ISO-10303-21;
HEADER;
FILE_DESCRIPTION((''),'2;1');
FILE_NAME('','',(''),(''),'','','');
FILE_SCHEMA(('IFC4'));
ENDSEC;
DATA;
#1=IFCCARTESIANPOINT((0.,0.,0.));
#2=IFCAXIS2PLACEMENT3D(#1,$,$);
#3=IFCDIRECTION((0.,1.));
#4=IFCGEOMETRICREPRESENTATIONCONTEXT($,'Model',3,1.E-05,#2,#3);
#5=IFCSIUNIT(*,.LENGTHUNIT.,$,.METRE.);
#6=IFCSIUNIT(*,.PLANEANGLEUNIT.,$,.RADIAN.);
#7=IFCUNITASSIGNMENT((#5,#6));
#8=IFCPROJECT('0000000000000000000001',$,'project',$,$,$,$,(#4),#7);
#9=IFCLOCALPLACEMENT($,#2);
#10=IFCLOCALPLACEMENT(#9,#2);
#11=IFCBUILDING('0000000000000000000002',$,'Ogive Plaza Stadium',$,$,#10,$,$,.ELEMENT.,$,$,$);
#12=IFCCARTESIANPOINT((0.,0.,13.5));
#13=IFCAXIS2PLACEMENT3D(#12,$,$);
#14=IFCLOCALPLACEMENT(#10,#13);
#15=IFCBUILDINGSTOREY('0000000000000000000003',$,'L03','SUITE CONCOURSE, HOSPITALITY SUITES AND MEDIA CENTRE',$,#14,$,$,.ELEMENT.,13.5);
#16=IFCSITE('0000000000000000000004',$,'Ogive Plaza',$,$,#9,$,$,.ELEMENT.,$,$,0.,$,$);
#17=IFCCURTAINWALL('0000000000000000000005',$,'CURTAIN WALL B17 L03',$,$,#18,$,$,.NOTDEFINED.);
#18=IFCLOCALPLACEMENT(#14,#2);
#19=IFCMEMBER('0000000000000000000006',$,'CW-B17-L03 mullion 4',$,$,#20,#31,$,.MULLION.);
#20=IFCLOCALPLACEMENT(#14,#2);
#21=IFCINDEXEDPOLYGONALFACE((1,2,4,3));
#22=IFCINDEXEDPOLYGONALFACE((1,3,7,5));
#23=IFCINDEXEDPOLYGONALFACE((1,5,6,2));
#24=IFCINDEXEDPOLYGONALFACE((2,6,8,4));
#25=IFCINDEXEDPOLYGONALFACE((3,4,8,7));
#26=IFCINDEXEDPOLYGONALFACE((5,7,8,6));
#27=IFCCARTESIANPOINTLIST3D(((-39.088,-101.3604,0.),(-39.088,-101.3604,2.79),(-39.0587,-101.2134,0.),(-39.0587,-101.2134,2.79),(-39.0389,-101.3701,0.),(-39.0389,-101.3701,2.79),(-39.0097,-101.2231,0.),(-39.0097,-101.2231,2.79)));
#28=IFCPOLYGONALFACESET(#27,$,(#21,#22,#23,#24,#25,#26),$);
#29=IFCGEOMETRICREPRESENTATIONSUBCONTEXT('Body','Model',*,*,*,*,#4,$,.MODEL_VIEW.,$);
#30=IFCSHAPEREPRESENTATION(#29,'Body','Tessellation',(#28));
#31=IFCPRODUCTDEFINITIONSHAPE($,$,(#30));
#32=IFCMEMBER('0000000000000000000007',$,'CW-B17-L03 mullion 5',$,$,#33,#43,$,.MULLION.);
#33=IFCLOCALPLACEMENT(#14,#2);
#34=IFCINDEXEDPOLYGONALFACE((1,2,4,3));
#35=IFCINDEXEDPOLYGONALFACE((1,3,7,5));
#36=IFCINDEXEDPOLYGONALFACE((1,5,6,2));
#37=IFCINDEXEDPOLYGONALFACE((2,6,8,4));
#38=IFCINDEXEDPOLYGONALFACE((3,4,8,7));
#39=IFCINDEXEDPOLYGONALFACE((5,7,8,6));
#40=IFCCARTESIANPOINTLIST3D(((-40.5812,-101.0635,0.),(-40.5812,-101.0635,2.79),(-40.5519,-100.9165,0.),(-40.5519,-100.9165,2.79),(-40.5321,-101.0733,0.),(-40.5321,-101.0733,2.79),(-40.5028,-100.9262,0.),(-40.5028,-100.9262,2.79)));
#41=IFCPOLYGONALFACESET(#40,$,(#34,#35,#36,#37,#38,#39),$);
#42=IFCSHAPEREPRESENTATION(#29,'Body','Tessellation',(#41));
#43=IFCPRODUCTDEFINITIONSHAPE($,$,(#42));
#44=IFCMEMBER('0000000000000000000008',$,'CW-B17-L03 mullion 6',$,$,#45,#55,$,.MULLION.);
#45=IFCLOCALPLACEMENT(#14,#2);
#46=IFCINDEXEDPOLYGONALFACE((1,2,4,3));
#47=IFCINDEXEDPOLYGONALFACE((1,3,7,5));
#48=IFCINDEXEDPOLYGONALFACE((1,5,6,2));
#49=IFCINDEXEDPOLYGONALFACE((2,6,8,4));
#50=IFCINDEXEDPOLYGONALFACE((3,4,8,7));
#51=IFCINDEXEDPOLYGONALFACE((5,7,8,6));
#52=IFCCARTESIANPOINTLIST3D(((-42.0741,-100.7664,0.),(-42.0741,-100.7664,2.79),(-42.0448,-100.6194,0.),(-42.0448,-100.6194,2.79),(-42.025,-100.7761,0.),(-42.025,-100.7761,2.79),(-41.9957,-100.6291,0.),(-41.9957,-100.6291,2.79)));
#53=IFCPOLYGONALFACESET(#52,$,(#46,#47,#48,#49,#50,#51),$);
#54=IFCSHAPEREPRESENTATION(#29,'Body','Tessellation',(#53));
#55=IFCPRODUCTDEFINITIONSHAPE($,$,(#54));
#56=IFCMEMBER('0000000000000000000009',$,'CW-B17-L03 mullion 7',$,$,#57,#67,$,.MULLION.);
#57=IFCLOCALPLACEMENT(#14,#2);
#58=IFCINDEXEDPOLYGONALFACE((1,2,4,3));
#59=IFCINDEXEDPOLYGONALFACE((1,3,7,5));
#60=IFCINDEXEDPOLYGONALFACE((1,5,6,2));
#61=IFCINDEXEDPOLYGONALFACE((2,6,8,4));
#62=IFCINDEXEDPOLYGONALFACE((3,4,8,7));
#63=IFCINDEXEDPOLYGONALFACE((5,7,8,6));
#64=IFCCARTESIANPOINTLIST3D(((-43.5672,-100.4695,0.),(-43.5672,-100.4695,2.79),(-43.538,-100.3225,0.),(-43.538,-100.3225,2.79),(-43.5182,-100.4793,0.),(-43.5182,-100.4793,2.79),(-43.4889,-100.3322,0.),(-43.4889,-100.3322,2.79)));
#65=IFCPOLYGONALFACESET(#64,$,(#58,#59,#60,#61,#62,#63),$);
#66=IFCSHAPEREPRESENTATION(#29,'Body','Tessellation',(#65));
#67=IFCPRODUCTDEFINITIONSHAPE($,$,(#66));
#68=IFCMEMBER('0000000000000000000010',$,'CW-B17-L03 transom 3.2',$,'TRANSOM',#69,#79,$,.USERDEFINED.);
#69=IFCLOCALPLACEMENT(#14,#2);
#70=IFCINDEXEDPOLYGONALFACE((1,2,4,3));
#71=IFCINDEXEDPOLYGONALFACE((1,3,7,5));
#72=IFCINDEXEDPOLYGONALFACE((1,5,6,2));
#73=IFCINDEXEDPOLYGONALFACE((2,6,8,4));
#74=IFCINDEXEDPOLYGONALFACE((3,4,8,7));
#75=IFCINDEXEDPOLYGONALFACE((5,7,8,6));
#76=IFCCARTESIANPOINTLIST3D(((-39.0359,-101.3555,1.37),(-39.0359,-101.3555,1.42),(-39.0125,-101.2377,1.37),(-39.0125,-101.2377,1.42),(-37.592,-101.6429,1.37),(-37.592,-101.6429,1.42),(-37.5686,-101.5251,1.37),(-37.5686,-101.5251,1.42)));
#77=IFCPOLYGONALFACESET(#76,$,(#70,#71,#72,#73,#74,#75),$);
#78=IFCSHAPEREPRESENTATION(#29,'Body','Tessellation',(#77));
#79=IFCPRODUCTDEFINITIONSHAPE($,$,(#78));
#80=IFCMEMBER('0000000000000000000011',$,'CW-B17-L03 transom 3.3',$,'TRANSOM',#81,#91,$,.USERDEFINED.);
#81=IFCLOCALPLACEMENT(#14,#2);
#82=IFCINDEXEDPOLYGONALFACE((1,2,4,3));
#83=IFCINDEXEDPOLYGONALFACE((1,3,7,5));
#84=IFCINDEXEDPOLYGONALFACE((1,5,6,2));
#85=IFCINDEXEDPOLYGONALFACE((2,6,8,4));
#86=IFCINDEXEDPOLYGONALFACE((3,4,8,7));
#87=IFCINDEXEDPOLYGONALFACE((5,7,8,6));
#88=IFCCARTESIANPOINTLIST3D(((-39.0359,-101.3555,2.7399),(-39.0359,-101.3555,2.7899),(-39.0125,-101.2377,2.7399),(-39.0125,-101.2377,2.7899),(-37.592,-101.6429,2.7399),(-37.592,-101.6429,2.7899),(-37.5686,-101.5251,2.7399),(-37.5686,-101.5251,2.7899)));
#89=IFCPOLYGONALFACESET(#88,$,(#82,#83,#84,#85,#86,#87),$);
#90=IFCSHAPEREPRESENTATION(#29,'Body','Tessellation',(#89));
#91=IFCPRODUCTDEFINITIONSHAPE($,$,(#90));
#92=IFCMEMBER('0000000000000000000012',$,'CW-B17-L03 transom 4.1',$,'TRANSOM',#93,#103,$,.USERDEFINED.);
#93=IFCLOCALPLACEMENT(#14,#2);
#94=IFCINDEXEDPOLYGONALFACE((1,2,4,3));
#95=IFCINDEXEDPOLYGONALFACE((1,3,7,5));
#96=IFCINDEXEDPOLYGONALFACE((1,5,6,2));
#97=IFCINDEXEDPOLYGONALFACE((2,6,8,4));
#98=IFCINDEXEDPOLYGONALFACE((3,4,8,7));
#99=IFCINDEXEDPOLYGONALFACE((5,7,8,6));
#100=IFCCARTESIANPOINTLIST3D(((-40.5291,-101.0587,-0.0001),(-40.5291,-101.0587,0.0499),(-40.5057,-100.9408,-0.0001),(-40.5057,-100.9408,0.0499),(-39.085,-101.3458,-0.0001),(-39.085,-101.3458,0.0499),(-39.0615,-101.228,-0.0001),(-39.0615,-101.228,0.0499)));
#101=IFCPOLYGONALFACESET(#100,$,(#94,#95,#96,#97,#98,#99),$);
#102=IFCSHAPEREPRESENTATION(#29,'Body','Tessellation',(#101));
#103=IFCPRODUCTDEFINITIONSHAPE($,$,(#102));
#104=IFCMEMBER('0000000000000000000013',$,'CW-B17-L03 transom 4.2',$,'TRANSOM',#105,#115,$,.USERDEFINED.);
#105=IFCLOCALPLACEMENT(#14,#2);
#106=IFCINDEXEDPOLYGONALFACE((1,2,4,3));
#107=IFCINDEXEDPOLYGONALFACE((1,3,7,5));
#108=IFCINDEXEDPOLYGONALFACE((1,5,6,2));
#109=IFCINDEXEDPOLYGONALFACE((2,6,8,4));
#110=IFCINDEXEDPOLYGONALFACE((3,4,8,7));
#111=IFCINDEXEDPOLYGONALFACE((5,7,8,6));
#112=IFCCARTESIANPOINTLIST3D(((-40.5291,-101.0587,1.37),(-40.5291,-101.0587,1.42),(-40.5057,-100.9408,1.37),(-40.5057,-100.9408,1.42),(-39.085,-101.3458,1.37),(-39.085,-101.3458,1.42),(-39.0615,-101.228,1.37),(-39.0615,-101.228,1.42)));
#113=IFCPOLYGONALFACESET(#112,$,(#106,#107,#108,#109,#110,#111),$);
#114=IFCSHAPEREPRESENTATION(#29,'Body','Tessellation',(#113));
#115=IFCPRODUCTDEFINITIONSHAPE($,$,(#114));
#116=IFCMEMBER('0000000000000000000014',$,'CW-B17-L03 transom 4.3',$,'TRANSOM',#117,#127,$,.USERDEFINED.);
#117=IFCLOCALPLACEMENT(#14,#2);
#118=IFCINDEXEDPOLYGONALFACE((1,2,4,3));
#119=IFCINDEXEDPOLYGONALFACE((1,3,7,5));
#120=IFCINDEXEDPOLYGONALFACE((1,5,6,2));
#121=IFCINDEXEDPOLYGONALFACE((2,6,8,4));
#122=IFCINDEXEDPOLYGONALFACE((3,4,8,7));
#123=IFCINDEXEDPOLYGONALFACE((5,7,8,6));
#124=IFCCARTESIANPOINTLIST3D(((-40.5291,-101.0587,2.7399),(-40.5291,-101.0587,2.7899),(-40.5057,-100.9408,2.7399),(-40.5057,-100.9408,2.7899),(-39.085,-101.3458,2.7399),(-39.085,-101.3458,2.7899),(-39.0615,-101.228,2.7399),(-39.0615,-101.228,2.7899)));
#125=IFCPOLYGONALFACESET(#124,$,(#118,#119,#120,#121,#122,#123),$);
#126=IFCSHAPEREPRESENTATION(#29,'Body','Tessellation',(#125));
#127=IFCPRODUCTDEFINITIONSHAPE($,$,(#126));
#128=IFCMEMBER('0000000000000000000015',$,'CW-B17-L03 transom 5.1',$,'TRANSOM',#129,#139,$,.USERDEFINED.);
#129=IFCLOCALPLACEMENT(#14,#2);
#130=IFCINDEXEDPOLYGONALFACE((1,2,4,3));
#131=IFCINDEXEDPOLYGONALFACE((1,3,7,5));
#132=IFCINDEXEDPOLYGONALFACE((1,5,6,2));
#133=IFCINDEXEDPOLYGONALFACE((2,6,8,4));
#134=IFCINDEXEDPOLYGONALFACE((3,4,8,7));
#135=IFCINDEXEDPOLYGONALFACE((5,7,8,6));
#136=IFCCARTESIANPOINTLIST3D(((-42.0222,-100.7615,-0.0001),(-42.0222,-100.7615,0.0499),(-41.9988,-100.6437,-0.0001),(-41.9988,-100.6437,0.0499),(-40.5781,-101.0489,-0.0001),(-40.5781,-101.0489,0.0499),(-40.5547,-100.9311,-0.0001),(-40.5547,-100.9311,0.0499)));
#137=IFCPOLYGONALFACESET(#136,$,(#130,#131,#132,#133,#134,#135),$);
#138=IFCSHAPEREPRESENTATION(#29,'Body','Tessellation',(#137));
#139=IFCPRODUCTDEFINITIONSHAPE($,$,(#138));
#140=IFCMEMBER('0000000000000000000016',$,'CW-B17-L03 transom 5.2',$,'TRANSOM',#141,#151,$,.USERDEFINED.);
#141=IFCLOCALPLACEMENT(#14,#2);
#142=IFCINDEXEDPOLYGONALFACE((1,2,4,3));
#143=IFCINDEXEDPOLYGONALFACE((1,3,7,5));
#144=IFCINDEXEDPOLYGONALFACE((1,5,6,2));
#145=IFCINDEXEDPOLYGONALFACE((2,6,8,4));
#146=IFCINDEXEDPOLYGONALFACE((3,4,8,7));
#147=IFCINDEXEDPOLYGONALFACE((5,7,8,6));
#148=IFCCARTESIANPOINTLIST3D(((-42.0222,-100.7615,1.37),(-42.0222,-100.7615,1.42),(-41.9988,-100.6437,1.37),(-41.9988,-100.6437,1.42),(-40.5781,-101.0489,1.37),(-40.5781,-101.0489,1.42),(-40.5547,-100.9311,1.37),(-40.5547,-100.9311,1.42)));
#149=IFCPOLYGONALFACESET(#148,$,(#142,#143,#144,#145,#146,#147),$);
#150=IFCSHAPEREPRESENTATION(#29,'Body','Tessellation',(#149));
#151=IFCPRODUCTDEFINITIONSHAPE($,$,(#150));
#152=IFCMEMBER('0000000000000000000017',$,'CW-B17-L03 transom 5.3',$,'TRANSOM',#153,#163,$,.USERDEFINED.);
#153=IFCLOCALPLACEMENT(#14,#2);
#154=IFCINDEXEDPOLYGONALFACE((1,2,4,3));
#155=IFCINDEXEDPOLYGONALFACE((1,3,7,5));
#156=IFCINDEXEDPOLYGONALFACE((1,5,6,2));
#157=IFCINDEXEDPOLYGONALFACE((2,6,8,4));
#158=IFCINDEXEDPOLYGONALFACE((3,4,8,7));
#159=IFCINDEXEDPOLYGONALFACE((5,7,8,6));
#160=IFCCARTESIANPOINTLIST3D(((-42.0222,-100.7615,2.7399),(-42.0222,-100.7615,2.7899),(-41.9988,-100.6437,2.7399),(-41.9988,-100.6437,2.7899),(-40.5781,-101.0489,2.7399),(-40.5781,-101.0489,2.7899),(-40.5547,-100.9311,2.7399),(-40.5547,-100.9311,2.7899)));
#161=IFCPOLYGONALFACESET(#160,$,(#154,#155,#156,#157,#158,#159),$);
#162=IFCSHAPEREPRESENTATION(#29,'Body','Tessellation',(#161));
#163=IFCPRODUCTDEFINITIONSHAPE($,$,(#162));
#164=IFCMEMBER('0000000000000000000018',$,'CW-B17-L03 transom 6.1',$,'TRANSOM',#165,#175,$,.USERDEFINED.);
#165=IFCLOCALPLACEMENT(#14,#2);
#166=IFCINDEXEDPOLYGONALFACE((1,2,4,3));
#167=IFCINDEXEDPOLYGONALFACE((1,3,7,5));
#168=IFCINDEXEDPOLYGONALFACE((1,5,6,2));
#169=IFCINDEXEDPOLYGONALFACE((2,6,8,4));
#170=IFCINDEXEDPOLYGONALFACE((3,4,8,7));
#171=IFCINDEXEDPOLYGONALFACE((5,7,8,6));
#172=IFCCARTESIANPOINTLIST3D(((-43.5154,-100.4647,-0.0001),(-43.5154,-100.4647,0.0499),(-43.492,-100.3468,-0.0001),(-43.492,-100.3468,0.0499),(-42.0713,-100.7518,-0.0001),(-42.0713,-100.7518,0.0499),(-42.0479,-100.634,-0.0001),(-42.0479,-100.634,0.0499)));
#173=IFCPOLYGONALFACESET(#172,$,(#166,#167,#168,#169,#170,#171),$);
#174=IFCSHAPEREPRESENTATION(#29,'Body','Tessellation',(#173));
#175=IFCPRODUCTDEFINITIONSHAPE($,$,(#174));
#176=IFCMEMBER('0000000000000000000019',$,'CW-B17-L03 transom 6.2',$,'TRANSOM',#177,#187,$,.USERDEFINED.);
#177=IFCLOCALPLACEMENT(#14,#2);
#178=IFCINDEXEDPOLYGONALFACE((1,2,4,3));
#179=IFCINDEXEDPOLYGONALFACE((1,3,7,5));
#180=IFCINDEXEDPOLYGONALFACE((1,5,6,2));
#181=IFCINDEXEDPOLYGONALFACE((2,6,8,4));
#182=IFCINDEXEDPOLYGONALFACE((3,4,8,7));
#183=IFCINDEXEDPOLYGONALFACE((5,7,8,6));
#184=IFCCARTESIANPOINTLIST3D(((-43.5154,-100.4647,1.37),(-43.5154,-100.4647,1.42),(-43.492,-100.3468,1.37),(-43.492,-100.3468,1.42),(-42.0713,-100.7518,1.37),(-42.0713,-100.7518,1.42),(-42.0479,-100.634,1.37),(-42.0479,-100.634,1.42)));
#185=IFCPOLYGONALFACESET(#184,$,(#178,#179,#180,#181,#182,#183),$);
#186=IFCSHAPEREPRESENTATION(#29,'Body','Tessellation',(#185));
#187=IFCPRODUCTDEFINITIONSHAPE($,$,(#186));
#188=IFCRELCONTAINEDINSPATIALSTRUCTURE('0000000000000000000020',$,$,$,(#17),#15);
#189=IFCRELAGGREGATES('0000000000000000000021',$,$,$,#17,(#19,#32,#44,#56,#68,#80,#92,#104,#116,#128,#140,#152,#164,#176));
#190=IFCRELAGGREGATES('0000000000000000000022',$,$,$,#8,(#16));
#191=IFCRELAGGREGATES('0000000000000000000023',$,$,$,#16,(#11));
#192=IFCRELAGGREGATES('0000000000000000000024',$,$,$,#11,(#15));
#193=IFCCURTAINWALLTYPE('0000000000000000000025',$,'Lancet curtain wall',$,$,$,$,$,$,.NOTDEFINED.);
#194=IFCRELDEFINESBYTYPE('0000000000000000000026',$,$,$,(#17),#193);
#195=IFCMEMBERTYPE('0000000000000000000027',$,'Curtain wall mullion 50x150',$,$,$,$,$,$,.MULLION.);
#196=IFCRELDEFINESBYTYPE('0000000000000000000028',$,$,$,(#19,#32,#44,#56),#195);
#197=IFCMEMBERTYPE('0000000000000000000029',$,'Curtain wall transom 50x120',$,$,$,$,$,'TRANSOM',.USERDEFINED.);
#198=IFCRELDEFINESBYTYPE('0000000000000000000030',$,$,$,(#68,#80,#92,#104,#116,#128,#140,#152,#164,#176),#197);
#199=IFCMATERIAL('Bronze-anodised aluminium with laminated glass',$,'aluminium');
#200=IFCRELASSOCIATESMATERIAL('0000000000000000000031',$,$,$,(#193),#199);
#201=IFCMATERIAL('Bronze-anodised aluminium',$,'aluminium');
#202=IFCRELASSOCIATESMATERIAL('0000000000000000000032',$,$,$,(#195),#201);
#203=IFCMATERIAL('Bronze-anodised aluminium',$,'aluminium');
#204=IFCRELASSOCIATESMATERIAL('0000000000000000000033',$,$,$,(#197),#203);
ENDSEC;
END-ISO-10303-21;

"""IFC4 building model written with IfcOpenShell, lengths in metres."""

from ifc_helpers import new_model, si_unit, direction, frame, origin, origin_2d, place, context, subcontext, project, spatial, rectangle, extrude, material, material_profile, profile_set, type_object, element, aggregate, save


model = new_model("IFC4")

# Units and contexts
model_context = context("Model", 3, precision=1e-05, world=origin(), true_north=direction((0.0, 1.0)))
body_context = subcontext(model_context, "Body", "Model", "MODEL_VIEW")
ifc_project = project(units=[si_unit("LENGTHUNIT", "METRE"), si_unit("PLANEANGLEUNIT", "RADIAN")], contexts=[model_context])

# Site, building, storey
site_placement = place(None, origin())
site = spatial("IfcSite", under=ifc_project, at=site_placement, Name="Ogive Plaza", CompositionType="ELEMENT", RefElevation=0.0)
building_placement = place(site_placement, origin())
building = spatial("IfcBuilding", under=site, at=building_placement, Name="Ogive Plaza Stadium", CompositionType="ELEMENT")
storey_placement = place(building_placement, frame((0.0, 0.0, 13.5)))
storey = spatial("IfcBuildingStorey", under=building, at=storey_placement, Name="L03", Description="SUITE CONCOURSE, HOSPITALITY SUITES AND MEDIA CENTRE", CompositionType="ELEMENT", Elevation=13.5)

# Curtain wall, members
ifc_material_1 = material(Name="Bronze-anodised aluminium with laminated glass", Category="aluminium")
curtain_wall_type = type_object("IfcCurtainWallType", Name="Lancet curtain wall", PredefinedType="NOTDEFINED", material=ifc_material_1)
curtain_wall_placement = place(storey_placement, origin())
curtain_wall = element("IfcCurtainWall", 1, at=curtain_wall_placement, inside=storey, type_object=curtain_wall_type, Name="CURTAIN WALL B17 L03", PredefinedType="NOTDEFINED")
ifc_material_2 = material(Name="Bronze-anodised aluminium", Category="aluminium")
ifc_material_profile_1 = material_profile(ifc_material_2, rectangle(XDim=0.1499, YDim=0.05, at=origin_2d()), Name="AL 150x50")
ifc_profile_set_1 = profile_set([ifc_material_profile_1], Name="Bronze-anodised aluminium")
member_type_1 = type_object("IfcMemberType", Name="Curtain wall mullion 50x150", PredefinedType="MULLION", material=ifc_profile_set_1)
member_1_placement = place(storey_placement, frame((-39.0488, -101.2917, 0.0), z_axis=(0.0, 0.0, 1.0), x_axis=(-0.19509, -0.980785, 0.0)))
member_1 = element("IfcMember", 2, at=member_1_placement, type_object=member_type_1, Name="CW-B17-L03 mullion 4", PredefinedType="MULLION", context=body_context, shape_type="SweptSolid", body=[
    extrude(rectangle(XDim=0.1499, YDim=0.05, at=origin_2d()), origin(), (0.0, 0.0, 1.0), 2.79),
])
member_2_placement = place(storey_placement, frame((-40.542, -100.9949, 0.0), z_axis=(0.0, 0.0, 1.0), x_axis=(-0.19509, -0.980785, 0.0)))
member_2 = element("IfcMember", 3, at=member_2_placement, type_object=member_type_1, Name="CW-B17-L03 mullion 5", PredefinedType="MULLION", context=body_context, shape_type="SweptSolid", body=[
    extrude(rectangle(XDim=0.1499, YDim=0.05, at=origin_2d()), origin(), (0.0, 0.0, 1.0), 2.79),
])
member_3_placement = place(storey_placement, frame((-42.0349, -100.6978, 0.0), z_axis=(0.0, 0.0, 1.0), x_axis=(-0.19509, -0.980785, 0.0)))
member_3 = element("IfcMember", 4, at=member_3_placement, type_object=member_type_1, Name="CW-B17-L03 mullion 6", PredefinedType="MULLION", context=body_context, shape_type="SweptSolid", body=[
    extrude(rectangle(XDim=0.1499, YDim=0.05, at=origin_2d()), origin(), (0.0, 0.0, 1.0), 2.79),
])
member_4_placement = place(storey_placement, frame((-43.5281, -100.4009, 0.0), z_axis=(0.0, 0.0, 1.0), x_axis=(-0.19509, -0.980785, 0.0)))
member_4 = element("IfcMember", 5, at=member_4_placement, type_object=member_type_1, Name="CW-B17-L03 mullion 7", PredefinedType="MULLION", context=body_context, shape_type="SweptSolid", body=[
    extrude(rectangle(XDim=0.1499, YDim=0.05, at=origin_2d()), origin(), (0.0, 0.0, 1.0), 2.79),
])
ifc_material_3 = material(Name="Bronze-anodised aluminium", Category="aluminium")
ifc_material_profile_2 = material_profile(ifc_material_3, rectangle(XDim=0.1201, YDim=0.05, at=origin_2d()), Name="AL 120x50")
ifc_profile_set_2 = profile_set([ifc_material_profile_2], Name="Bronze-anodised aluminium")
member_type_2 = type_object("IfcMemberType", Name="Curtain wall transom 50x120", ElementType="TRANSOM", PredefinedType="USERDEFINED", material=ifc_profile_set_2)
member_5_placement = place(storey_placement, frame((-37.5803, -101.584, 1.395), z_axis=(-0.980765, 0.195191, 0.0), x_axis=(-0.195191, -0.980765, 0.0)))
member_5 = element("IfcMember", 6, at=member_5_placement, type_object=member_type_2, Name="CW-B17-L03 transom 3.2", ObjectType="TRANSOM", PredefinedType="USERDEFINED", context=body_context, shape_type="SweptSolid", body=[
    extrude(rectangle(XDim=0.1201, YDim=0.05, at=origin_2d()), origin(), (0.0, 0.0, 1.0), 1.4722),
])
member_6_placement = place(storey_placement, frame((-37.5803, -101.584, 2.7649), z_axis=(-0.980765, 0.195191, 0.0), x_axis=(-0.195191, -0.980765, 0.0)))
member_6 = element("IfcMember", 7, at=member_6_placement, type_object=member_type_2, Name="CW-B17-L03 transom 3.3", ObjectType="TRANSOM", PredefinedType="USERDEFINED", context=body_context, shape_type="SweptSolid", body=[
    extrude(rectangle(XDim=0.1201, YDim=0.05, at=origin_2d()), origin(), (0.0, 0.0, 1.0), 1.4722),
])
member_7_placement = place(storey_placement, frame((-39.0732, -101.2869, 0.0249), z_axis=(-0.980803, 0.195, 0.0), x_axis=(-0.195, -0.980803, 0.0)))
member_7 = element("IfcMember", 8, at=member_7_placement, type_object=member_type_2, Name="CW-B17-L03 transom 4.1", ObjectType="TRANSOM", PredefinedType="USERDEFINED", context=body_context, shape_type="SweptSolid", body=[
    extrude(rectangle(XDim=0.1201, YDim=0.05, at=origin_2d()), origin(), (0.0, 0.0, 1.0), 1.4724),
])
member_8_placement = place(storey_placement, frame((-39.0732, -101.2869, 1.395), z_axis=(-0.980803, 0.195, 0.0), x_axis=(-0.195, -0.980803, 0.0)))
member_8 = element("IfcMember", 9, at=member_8_placement, type_object=member_type_2, Name="CW-B17-L03 transom 4.2", ObjectType="TRANSOM", PredefinedType="USERDEFINED", context=body_context, shape_type="SweptSolid", body=[
    extrude(rectangle(XDim=0.1201, YDim=0.05, at=origin_2d()), origin(), (0.0, 0.0, 1.0), 1.4724),
])
member_9_placement = place(storey_placement, frame((-39.0732, -101.2869, 2.7649), z_axis=(-0.980803, 0.195, 0.0), x_axis=(-0.195, -0.980803, 0.0)))
member_9 = element("IfcMember", 10, at=member_9_placement, type_object=member_type_2, Name="CW-B17-L03 transom 4.3", ObjectType="TRANSOM", PredefinedType="USERDEFINED", context=body_context, shape_type="SweptSolid", body=[
    extrude(rectangle(XDim=0.1201, YDim=0.05, at=origin_2d()), origin(), (0.0, 0.0, 1.0), 1.4724),
])
member_10_placement = place(storey_placement, frame((-40.5664, -100.99, 0.0249), z_axis=(-0.980772, 0.195159, 0.0), x_axis=(-0.195159, -0.980772, 0.0)))
member_10 = element("IfcMember", 11, at=member_10_placement, type_object=member_type_2, Name="CW-B17-L03 transom 5.1", ObjectType="TRANSOM", PredefinedType="USERDEFINED", context=body_context, shape_type="SweptSolid", body=[
    extrude(rectangle(XDim=0.1201, YDim=0.05, at=origin_2d()), origin(), (0.0, 0.0, 1.0), 1.4724),
])
member_11_placement = place(storey_placement, frame((-40.5664, -100.99, 1.395), z_axis=(-0.980772, 0.195159, 0.0), x_axis=(-0.195159, -0.980772, 0.0)))
member_11 = element("IfcMember", 12, at=member_11_placement, type_object=member_type_2, Name="CW-B17-L03 transom 5.2", ObjectType="TRANSOM", PredefinedType="USERDEFINED", context=body_context, shape_type="SweptSolid", body=[
    extrude(rectangle(XDim=0.1201, YDim=0.05, at=origin_2d()), origin(), (0.0, 0.0, 1.0), 1.4724),
])
member_12_placement = place(storey_placement, frame((-40.5664, -100.99, 2.7649), z_axis=(-0.980772, 0.195159, 0.0), x_axis=(-0.195159, -0.980772, 0.0)))
member_12 = element("IfcMember", 13, at=member_12_placement, type_object=member_type_2, Name="CW-B17-L03 transom 5.3", ObjectType="TRANSOM", PredefinedType="USERDEFINED", context=body_context, shape_type="SweptSolid", body=[
    extrude(rectangle(XDim=0.1201, YDim=0.05, at=origin_2d()), origin(), (0.0, 0.0, 1.0), 1.4724),
])
member_13_placement = place(storey_placement, frame((-42.0596, -100.6929, 0.0249), z_axis=(-0.980803, 0.195, 0.0), x_axis=(-0.195, -0.980803, 0.0)))
member_13 = element("IfcMember", 14, at=member_13_placement, type_object=member_type_2, Name="CW-B17-L03 transom 6.1", ObjectType="TRANSOM", PredefinedType="USERDEFINED", context=body_context, shape_type="SweptSolid", body=[
    extrude(rectangle(XDim=0.1201, YDim=0.05, at=origin_2d()), origin(), (0.0, 0.0, 1.0), 1.4724),
])
member_14_placement = place(storey_placement, frame((-42.0596, -100.6929, 1.395), z_axis=(-0.980803, 0.195, 0.0), x_axis=(-0.195, -0.980803, 0.0)))
member_14 = element("IfcMember", 15, at=member_14_placement, type_object=member_type_2, Name="CW-B17-L03 transom 6.2", ObjectType="TRANSOM", PredefinedType="USERDEFINED", context=body_context, shape_type="SweptSolid", body=[
    extrude(rectangle(XDim=0.1201, YDim=0.05, at=origin_2d()), origin(), (0.0, 0.0, 1.0), 1.4724),
])
aggregate(curtain_wall, [member_1, member_2, member_3, member_4, member_5, member_6, member_7, member_8, member_9, member_10, member_11, member_12, member_13, member_14])

save(model, "model.ifc")
